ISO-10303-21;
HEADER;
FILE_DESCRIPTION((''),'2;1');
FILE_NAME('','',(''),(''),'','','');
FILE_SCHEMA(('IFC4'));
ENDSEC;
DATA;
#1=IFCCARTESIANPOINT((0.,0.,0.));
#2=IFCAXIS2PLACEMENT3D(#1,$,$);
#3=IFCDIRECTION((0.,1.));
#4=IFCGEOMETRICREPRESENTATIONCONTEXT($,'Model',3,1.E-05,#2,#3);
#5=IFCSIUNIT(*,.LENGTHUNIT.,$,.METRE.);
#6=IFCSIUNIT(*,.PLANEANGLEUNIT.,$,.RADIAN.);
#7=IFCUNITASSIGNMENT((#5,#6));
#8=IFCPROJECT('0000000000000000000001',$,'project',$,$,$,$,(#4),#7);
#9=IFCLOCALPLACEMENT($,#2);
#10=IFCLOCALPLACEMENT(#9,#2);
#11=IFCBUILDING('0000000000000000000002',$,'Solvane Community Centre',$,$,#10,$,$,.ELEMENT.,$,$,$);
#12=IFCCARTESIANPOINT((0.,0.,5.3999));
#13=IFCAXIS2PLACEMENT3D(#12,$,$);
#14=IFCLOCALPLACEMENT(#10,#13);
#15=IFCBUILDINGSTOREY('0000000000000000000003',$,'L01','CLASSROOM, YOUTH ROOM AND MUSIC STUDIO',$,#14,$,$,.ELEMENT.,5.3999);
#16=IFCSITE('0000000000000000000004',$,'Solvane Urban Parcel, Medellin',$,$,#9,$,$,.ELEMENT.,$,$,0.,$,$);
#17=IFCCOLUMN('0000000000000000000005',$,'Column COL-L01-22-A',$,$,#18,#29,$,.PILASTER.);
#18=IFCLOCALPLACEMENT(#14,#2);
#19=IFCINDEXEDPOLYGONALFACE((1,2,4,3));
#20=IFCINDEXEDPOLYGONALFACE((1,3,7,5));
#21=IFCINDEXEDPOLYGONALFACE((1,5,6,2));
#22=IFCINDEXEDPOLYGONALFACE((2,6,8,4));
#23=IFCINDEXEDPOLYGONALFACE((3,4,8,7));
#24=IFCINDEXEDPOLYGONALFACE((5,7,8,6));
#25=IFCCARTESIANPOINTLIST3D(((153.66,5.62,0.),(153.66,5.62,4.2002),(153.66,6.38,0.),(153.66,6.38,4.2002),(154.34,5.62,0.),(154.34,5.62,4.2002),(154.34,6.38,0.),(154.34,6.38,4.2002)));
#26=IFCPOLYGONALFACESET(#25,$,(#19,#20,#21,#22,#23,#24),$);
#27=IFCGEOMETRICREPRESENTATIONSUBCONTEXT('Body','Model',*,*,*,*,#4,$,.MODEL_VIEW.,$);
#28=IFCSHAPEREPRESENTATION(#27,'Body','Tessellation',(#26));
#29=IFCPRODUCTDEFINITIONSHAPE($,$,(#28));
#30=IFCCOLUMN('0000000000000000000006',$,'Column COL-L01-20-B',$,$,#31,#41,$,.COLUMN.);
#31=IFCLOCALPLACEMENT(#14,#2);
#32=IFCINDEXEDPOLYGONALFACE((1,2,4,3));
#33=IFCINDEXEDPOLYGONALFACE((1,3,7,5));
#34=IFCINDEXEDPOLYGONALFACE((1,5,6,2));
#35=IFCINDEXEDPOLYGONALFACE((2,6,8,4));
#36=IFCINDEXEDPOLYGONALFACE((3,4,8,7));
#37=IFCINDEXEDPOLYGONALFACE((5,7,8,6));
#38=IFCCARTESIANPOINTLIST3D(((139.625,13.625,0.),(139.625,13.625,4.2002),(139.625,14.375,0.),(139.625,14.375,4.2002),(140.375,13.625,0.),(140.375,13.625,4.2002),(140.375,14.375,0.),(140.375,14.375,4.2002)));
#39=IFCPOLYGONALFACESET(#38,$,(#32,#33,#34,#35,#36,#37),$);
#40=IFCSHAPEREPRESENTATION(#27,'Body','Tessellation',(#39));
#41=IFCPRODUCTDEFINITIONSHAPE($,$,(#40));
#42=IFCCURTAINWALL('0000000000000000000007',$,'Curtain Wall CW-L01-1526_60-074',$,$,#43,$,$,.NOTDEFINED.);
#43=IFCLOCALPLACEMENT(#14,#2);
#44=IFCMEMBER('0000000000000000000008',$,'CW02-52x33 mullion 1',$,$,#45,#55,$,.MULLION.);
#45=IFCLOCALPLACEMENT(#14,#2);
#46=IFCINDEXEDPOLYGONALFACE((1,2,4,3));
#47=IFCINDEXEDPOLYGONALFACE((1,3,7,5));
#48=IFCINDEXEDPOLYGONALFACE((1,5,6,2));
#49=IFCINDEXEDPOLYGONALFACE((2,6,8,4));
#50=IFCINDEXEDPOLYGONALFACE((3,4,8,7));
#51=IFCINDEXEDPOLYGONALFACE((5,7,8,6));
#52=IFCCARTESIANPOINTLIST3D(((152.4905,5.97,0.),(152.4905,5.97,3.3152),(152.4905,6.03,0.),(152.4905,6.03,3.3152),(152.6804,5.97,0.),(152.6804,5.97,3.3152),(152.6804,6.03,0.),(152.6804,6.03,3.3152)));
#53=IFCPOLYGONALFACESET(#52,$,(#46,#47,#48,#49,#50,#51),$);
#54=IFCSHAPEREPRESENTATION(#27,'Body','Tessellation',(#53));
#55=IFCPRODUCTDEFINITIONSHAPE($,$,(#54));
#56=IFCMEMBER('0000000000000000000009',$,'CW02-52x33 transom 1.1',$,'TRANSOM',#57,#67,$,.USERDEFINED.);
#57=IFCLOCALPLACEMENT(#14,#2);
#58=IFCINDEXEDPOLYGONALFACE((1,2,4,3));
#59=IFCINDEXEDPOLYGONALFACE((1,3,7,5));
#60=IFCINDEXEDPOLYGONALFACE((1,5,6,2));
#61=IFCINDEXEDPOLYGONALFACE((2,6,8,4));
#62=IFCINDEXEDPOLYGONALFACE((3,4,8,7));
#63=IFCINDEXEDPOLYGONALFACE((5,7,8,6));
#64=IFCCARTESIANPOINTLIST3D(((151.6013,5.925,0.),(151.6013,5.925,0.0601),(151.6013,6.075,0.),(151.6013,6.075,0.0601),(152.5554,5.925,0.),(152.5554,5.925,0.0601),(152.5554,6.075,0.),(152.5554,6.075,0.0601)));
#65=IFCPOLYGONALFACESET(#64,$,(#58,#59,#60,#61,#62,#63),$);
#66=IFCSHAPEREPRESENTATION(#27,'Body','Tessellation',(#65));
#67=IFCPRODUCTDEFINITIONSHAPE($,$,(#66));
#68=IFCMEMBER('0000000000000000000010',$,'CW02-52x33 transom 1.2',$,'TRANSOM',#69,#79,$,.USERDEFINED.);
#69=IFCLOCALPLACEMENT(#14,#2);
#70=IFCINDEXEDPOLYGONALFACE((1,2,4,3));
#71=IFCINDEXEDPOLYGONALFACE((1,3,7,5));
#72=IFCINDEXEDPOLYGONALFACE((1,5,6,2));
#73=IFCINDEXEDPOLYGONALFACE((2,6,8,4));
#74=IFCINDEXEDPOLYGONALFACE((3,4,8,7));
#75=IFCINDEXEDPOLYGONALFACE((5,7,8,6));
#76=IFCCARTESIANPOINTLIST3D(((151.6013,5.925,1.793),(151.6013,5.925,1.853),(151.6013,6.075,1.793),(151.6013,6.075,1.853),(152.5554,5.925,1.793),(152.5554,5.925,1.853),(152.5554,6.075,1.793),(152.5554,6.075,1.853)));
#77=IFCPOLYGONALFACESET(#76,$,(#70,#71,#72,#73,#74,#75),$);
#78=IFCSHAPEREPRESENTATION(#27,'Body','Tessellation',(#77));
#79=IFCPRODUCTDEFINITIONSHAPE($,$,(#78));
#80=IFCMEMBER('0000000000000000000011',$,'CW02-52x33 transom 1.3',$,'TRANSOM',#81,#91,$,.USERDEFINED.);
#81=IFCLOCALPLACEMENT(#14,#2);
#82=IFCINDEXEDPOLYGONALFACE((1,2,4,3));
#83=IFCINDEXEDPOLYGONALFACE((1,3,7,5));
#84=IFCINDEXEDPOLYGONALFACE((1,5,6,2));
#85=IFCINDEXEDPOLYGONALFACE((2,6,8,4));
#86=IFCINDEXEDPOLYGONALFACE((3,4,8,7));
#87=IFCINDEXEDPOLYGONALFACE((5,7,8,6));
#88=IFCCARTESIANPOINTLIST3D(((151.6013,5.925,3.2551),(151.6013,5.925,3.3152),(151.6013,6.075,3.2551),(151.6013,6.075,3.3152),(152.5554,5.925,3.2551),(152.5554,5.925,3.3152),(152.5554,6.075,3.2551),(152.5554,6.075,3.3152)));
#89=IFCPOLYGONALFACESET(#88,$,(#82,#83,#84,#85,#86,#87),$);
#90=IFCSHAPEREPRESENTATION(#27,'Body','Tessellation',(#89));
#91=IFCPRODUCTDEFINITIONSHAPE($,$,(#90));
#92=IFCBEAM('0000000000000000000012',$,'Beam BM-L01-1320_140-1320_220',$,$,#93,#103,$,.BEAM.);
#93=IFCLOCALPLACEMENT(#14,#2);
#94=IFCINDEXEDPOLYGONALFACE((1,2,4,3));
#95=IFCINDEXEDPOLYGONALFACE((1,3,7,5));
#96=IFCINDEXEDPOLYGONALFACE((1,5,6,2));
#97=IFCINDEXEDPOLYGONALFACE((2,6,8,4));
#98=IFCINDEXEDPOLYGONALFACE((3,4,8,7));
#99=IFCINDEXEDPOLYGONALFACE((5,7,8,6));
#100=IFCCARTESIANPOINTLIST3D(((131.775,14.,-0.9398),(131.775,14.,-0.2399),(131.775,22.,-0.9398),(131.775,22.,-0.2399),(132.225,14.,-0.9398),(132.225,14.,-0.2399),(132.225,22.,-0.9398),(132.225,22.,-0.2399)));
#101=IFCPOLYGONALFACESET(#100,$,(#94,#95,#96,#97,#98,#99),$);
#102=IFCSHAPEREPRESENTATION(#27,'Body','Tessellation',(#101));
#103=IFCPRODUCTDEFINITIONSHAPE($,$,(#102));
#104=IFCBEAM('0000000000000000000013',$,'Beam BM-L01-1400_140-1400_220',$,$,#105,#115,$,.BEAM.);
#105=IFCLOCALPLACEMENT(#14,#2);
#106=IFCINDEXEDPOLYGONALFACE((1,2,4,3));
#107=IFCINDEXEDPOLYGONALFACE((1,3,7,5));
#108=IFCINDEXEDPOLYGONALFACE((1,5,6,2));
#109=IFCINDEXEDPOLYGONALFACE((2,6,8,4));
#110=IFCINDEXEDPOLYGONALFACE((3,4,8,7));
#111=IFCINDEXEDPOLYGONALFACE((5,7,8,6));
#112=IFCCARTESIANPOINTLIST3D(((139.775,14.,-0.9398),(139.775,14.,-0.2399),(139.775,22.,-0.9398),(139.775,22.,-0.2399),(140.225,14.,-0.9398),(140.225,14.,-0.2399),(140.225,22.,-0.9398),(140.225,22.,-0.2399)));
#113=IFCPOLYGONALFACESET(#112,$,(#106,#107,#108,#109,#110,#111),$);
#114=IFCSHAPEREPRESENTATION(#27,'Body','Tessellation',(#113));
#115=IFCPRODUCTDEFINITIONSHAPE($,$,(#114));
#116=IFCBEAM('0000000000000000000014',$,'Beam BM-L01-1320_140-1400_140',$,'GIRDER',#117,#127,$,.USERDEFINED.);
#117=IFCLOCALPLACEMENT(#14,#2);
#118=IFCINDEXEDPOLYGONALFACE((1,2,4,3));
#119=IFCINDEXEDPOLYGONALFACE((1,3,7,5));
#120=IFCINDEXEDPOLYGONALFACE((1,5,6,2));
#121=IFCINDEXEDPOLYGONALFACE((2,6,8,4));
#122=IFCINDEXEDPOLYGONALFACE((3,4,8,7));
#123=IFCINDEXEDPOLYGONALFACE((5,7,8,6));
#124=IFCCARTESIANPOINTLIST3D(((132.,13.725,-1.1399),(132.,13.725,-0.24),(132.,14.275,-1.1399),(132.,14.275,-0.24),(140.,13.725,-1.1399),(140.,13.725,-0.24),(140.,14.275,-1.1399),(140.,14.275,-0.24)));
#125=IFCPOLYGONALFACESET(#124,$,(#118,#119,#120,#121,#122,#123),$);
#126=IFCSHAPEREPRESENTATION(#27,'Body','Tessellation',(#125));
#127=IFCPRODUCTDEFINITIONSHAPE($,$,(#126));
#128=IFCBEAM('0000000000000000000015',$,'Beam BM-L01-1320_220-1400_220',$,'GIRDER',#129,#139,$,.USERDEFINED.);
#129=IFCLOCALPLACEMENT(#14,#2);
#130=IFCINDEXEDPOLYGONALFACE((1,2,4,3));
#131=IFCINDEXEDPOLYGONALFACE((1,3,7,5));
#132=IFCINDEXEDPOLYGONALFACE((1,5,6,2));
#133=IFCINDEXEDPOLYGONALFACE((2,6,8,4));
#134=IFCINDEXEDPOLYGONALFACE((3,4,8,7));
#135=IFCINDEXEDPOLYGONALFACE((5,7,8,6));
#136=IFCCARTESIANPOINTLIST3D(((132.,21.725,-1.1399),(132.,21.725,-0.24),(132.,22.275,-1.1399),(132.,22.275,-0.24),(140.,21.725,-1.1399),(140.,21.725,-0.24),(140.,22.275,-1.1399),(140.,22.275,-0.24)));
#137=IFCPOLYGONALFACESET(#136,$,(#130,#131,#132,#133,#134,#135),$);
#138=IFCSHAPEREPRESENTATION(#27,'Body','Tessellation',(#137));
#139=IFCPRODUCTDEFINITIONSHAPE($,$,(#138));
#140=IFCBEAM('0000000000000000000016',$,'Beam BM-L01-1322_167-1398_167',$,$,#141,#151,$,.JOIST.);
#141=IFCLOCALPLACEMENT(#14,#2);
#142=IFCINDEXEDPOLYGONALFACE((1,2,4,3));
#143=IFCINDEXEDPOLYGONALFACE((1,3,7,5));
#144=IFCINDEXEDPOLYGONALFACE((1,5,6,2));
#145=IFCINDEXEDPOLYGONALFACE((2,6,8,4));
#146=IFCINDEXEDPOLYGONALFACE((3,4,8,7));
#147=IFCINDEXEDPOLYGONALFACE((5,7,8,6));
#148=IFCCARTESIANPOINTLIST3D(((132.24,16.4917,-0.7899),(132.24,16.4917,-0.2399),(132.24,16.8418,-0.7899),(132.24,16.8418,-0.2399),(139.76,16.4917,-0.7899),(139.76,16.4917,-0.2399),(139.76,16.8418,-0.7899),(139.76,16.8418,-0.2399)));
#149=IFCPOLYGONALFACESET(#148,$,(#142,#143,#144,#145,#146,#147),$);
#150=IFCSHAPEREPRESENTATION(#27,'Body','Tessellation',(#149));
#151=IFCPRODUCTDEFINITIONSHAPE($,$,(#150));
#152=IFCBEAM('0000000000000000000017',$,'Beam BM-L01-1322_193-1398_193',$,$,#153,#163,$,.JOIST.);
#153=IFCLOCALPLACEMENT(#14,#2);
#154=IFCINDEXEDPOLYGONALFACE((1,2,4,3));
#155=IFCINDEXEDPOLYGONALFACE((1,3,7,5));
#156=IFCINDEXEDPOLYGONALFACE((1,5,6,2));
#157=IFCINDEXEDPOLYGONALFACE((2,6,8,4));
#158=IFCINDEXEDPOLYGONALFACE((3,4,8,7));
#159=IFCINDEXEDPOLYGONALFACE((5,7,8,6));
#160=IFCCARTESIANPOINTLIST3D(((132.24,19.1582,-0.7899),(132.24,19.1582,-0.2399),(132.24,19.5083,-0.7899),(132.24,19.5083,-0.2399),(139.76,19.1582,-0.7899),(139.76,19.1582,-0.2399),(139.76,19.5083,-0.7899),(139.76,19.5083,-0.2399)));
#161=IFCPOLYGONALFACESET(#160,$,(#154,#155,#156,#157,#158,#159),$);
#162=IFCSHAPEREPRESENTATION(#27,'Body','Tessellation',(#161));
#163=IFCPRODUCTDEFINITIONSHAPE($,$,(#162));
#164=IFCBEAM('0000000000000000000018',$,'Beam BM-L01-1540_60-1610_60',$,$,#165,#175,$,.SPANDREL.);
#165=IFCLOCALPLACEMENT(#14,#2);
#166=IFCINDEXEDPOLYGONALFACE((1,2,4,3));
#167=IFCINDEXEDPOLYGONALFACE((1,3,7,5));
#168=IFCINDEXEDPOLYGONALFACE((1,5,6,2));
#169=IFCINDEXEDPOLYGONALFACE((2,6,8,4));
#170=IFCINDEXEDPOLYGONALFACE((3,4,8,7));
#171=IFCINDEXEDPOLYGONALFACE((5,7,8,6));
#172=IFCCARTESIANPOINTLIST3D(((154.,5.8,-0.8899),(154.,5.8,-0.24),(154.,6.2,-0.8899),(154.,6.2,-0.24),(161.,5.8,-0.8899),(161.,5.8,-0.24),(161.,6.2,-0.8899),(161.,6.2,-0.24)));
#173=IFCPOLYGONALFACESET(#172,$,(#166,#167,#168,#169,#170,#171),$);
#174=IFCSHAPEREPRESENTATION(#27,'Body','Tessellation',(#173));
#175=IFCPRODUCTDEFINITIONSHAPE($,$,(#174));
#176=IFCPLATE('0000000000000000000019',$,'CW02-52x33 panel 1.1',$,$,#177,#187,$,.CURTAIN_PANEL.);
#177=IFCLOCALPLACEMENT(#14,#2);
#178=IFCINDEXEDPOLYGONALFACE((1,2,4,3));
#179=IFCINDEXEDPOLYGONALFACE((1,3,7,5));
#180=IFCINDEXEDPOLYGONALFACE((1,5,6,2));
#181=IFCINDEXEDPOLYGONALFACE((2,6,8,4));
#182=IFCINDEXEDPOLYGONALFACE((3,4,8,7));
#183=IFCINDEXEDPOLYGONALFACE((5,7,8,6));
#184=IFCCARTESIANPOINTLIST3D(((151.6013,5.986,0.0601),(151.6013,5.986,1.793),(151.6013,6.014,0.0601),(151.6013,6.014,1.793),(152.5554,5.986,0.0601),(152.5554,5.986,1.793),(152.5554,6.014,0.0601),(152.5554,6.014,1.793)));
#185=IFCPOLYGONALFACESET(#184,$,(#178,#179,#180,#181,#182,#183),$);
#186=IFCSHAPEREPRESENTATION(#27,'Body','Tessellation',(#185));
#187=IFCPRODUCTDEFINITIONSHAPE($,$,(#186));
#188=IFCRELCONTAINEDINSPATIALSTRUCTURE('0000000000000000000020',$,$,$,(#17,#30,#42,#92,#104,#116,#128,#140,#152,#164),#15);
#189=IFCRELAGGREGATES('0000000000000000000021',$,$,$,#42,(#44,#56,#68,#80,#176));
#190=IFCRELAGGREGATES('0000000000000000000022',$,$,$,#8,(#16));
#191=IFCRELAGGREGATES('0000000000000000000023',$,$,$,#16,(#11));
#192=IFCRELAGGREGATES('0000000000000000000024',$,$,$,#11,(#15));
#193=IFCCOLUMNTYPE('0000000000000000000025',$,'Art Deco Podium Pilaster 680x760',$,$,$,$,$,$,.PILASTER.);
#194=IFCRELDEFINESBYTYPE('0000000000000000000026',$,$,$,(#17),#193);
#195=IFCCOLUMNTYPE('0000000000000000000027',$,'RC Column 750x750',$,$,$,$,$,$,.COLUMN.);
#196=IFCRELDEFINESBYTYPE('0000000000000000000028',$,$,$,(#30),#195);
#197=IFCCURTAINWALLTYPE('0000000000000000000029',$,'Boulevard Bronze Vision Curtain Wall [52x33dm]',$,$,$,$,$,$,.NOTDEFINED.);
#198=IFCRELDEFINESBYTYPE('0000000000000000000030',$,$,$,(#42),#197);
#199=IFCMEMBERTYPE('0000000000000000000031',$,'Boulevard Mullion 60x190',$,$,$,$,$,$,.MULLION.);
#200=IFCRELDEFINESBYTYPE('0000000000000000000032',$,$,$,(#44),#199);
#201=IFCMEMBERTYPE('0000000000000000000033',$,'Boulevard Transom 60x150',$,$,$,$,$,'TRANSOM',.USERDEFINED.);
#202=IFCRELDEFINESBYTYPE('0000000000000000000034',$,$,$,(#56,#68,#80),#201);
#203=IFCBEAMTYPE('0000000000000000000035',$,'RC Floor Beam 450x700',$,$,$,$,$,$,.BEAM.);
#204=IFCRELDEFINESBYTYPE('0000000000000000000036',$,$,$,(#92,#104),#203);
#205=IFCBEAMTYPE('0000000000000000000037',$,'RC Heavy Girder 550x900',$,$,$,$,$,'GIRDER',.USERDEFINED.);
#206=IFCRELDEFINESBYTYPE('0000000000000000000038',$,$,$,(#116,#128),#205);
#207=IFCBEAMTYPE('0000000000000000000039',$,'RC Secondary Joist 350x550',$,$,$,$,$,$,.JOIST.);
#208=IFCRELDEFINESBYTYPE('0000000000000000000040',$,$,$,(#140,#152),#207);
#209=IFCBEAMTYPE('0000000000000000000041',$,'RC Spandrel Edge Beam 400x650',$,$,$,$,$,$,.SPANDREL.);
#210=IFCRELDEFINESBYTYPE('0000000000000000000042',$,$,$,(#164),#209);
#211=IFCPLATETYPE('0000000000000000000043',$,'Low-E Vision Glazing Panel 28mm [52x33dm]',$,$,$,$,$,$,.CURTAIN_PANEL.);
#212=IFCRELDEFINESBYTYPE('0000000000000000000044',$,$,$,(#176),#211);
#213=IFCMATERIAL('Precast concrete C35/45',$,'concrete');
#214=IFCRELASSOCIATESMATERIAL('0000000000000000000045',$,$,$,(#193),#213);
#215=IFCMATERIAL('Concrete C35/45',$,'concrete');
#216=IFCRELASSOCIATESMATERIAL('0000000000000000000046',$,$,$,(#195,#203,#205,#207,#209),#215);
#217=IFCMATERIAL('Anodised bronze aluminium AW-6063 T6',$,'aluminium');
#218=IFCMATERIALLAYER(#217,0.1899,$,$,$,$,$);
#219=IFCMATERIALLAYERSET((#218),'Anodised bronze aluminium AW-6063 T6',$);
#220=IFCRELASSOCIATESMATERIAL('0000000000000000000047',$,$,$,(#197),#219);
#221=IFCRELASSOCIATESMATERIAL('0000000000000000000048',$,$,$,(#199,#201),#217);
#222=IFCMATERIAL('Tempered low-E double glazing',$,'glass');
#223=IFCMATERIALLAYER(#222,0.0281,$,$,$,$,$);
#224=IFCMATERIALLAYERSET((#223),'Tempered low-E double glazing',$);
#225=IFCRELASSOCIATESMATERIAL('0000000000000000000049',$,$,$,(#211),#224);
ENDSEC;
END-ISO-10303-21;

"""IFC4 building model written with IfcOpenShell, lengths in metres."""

from ifc_helpers import new_model, si_unit, direction, frame, origin, origin_2d, place, context, subcontext, project, spatial, rectangle, extrude, material, layer, layer_set, material_profile, profile_set, type_object, element, aggregate, save


model = new_model("IFC4")

# Units and contexts
model_context = context("Model", 3, precision=1e-05, world=origin(), true_north=direction((0.0, 1.0)))
body_context = subcontext(model_context, "Body", "Model", "MODEL_VIEW")
ifc_project = project(units=[si_unit("LENGTHUNIT", "METRE"), si_unit("PLANEANGLEUNIT", "RADIAN")], contexts=[model_context])

# Site, building, storey
site_placement = place(None, origin())
site = spatial("IfcSite", under=ifc_project, at=site_placement, Name="Solvane Urban Parcel, Medellin", CompositionType="ELEMENT", RefElevation=0.0)
building_placement = place(site_placement, origin())
building = spatial("IfcBuilding", under=site, at=building_placement, Name="Solvane Community Centre", CompositionType="ELEMENT")
storey_placement = place(building_placement, frame((0.0, 0.0, 5.3999)))
storey = spatial("IfcBuildingStorey", under=building, at=storey_placement, Name="L01", Description="CLASSROOM, YOUTH ROOM AND MUSIC STUDIO", CompositionType="ELEMENT", Elevation=5.3999)

# Columns
ifc_material_1 = material(Name="Precast concrete C35/45", Category="concrete")
ifc_material_profile_1 = material_profile(ifc_material_1, rectangle(XDim=0.6799, YDim=0.76, at=origin_2d()), Name="RC 680x760")
ifc_profile_set_1 = profile_set([ifc_material_profile_1], Name="Precast concrete C35/45")
column_type_1 = type_object("IfcColumnType", Name="Art Deco Podium Pilaster 680x760", PredefinedType="PILASTER", material=ifc_profile_set_1)
column_1_placement = place(storey_placement, frame((154.0, 6.0, 0.0), z_axis=(0.0, 0.0, 1.0), x_axis=(1.0, 0.0, 0.0)))
element("IfcColumn", 1, at=column_1_placement, inside=storey, type_object=column_type_1, Name="Column COL-L01-22-A", PredefinedType="PILASTER", context=body_context, shape_type="SweptSolid", body=[
    extrude(rectangle(XDim=0.6799, YDim=0.76, at=origin_2d()), origin(), (0.0, 0.0, 1.0), 4.2002),
])
ifc_material_2 = material(Name="Concrete C35/45", Category="concrete")
ifc_material_profile_2 = material_profile(ifc_material_2, rectangle(XDim=0.75, YDim=0.75, at=origin_2d()), Name="RC 750x750")
ifc_profile_set_2 = profile_set([ifc_material_profile_2], Name="Concrete C35/45")
column_type_2 = type_object("IfcColumnType", Name="RC Column 750x750", PredefinedType="COLUMN", material=ifc_profile_set_2)
column_2_placement = place(storey_placement, frame((140.0, 14.0, 0.0), z_axis=(0.0, 0.0, 1.0), x_axis=(1.0, 0.0, 0.0)))
element("IfcColumn", 2, at=column_2_placement, inside=storey, type_object=column_type_2, Name="Column COL-L01-20-B", PredefinedType="COLUMN", context=body_context, shape_type="SweptSolid", body=[
    extrude(rectangle(XDim=0.75, YDim=0.75, at=origin_2d()), origin(), (0.0, 0.0, 1.0), 4.2002),
])

# Curtain wall, members
ifc_material_3 = material(Name="Anodised bronze aluminium AW-6063 T6", Category="aluminium")
ifc_layer_1 = layer(ifc_material_3, 0.1899)
ifc_layer_set_1 = layer_set([ifc_layer_1], Name="Anodised bronze aluminium AW-6063 T6")
curtain_wall_type = type_object("IfcCurtainWallType", Name="Boulevard Bronze Vision Curtain Wall [52x33dm]", PredefinedType="NOTDEFINED", material=ifc_layer_set_1)
curtain_wall_placement = place(storey_placement, origin())
curtain_wall = element("IfcCurtainWall", 3, at=curtain_wall_placement, inside=storey, type_object=curtain_wall_type, Name="Curtain Wall CW-L01-1526_60-074", PredefinedType="NOTDEFINED")
ifc_material_profile_3 = material_profile(ifc_material_3, rectangle(XDim=0.0601, YDim=0.1899, at=origin_2d()), Name="CW-M 60x190")
ifc_profile_set_3 = profile_set([ifc_material_profile_3], Name="Anodised bronze aluminium AW-6063 T6")
member_type_1 = type_object("IfcMemberType", Name="Boulevard Mullion 60x190", PredefinedType="MULLION", material=ifc_profile_set_3)
member_1_placement = place(storey_placement, frame((152.5854, 6.0, 0.0), z_axis=(0.0, 0.0, 1.0), x_axis=(0.0, -1.0, 0.0)))
member_1 = element("IfcMember", 4, at=member_1_placement, type_object=member_type_1, Name="CW02-52x33 mullion 1", PredefinedType="MULLION", context=body_context, shape_type="SweptSolid", body=[
    extrude(rectangle(XDim=0.0601, YDim=0.1899, at=origin_2d()), origin(), (0.0, 0.0, 1.0), 3.3152),
])
ifc_material_profile_4 = material_profile(ifc_material_3, rectangle(XDim=0.1499, YDim=0.0601, at=origin_2d()), Name="CW-T 60x150")
ifc_profile_set_4 = profile_set([ifc_material_profile_4], Name="Anodised bronze aluminium AW-6063 T6")
member_type_2 = type_object("IfcMemberType", Name="Boulevard Transom 60x150", ElementType="TRANSOM", PredefinedType="USERDEFINED", material=ifc_profile_set_4)
member_2_placement = place(storey_placement, frame((152.5554, 6.0, 0.03), z_axis=(-1.0, 0.0, 0.0), x_axis=(0.0, -1.0, 0.0)))
member_2 = element("IfcMember", 5, at=member_2_placement, type_object=member_type_2, Name="CW02-52x33 transom 1.1", ObjectType="TRANSOM", PredefinedType="USERDEFINED", context=body_context, shape_type="SweptSolid", body=[
    extrude(rectangle(XDim=0.1499, YDim=0.0601, at=origin_2d()), origin(), (0.0, 0.0, 1.0), 0.9541),
])
member_3_placement = place(storey_placement, frame((152.5554, 6.0, 1.823), z_axis=(-1.0, 0.0, 0.0), x_axis=(0.0, -1.0, 0.0)))
member_3 = element("IfcMember", 6, at=member_3_placement, type_object=member_type_2, Name="CW02-52x33 transom 1.2", ObjectType="TRANSOM", PredefinedType="USERDEFINED", context=body_context, shape_type="SweptSolid", body=[
    extrude(rectangle(XDim=0.1499, YDim=0.0601, at=origin_2d()), origin(), (0.0, 0.0, 1.0), 0.9541),
])
member_4_placement = place(storey_placement, frame((152.5554, 6.0, 3.2852), z_axis=(-1.0, 0.0, 0.0), x_axis=(0.0, -1.0, 0.0)))
member_4 = element("IfcMember", 7, at=member_4_placement, type_object=member_type_2, Name="CW02-52x33 transom 1.3", ObjectType="TRANSOM", PredefinedType="USERDEFINED", context=body_context, shape_type="SweptSolid", body=[
    extrude(rectangle(XDim=0.1499, YDim=0.0601, at=origin_2d()), origin(), (0.0, 0.0, 1.0), 0.9541),
])

# Beams
ifc_material_profile_5 = material_profile(ifc_material_2, rectangle(XDim=0.45, YDim=0.7, at=origin_2d()), Name="RC 450x700")
ifc_profile_set_5 = profile_set([ifc_material_profile_5], Name="Concrete C35/45")
beam_type_1 = type_object("IfcBeamType", Name="RC Floor Beam 450x700", PredefinedType="BEAM", material=ifc_profile_set_5)
for number, where, z_axis, x_axis, name in (
    (8, (132.0, 14.0, -0.5898), (0.0, 1.0, 0.0), (-1.0, 0.0, 0.0), "Beam BM-L01-1320_140-1320_220"),
    (9, (140.0, 14.0, -0.5898), (0.0, 1.0, 0.0), (-1.0, 0.0, 0.0), "Beam BM-L01-1400_140-1400_220"),
):
    element("IfcBeam", number, at=place(storey_placement, frame(where, z_axis=z_axis, x_axis=x_axis)), inside=storey, type_object=beam_type_1, Name=name, PredefinedType="BEAM", context=body_context, shape_type="SweptSolid", body=[
        extrude(rectangle(XDim=0.45, YDim=0.7, at=origin_2d()), origin(), (0.0, 0.0, 1.0), 8.0),
    ])
ifc_material_profile_6 = material_profile(ifc_material_2, rectangle(XDim=0.55, YDim=0.8999, at=origin_2d()), Name="RC 550x900")
ifc_profile_set_6 = profile_set([ifc_material_profile_6], Name="Concrete C35/45")
beam_type_2 = type_object("IfcBeamType", Name="RC Heavy Girder 550x900", ElementType="GIRDER", PredefinedType="USERDEFINED", material=ifc_profile_set_6)
for number, where, z_axis, x_axis, name in (
    (10, (132.0, 14.0, -0.6899), (1.0, 0.0, 0.0), (0.0, 1.0, 0.0), "Beam BM-L01-1320_140-1400_140"),
    (11, (132.0, 22.0, -0.6899), (1.0, 0.0, 0.0), (0.0, 1.0, 0.0), "Beam BM-L01-1320_220-1400_220"),
):
    element("IfcBeam", number, at=place(storey_placement, frame(where, z_axis=z_axis, x_axis=x_axis)), inside=storey, type_object=beam_type_2, Name=name, ObjectType="GIRDER", PredefinedType="USERDEFINED", context=body_context, shape_type="SweptSolid", body=[
        extrude(rectangle(XDim=0.55, YDim=0.8999, at=origin_2d()), origin(), (0.0, 0.0, 1.0), 8.0),
    ])
ifc_material_profile_7 = material_profile(ifc_material_2, rectangle(XDim=0.3501, YDim=0.55, at=origin_2d()), Name="RC 350x550")
ifc_profile_set_7 = profile_set([ifc_material_profile_7], Name="Concrete C35/45")
beam_type_3 = type_object("IfcBeamType", Name="RC Secondary Joist 350x550", PredefinedType="JOIST", material=ifc_profile_set_7)
for number, where, z_axis, x_axis, name in (
    (12, (132.24, 16.6667, -0.5149), (1.0, 0.0, 0.0), (0.0, 1.0, 0.0), "Beam BM-L01-1322_167-1398_167"),
    (13, (132.24, 19.3333, -0.5149), (1.0, 0.0, 0.0), (0.0, 1.0, 0.0), "Beam BM-L01-1322_193-1398_193"),
):
    element("IfcBeam", number, at=place(storey_placement, frame(where, z_axis=z_axis, x_axis=x_axis)), inside=storey, type_object=beam_type_3, Name=name, PredefinedType="JOIST", context=body_context, shape_type="SweptSolid", body=[
        extrude(rectangle(XDim=0.3501, YDim=0.55, at=origin_2d()), origin(), (0.0, 0.0, 1.0), 7.52),
    ])
ifc_material_profile_8 = material_profile(ifc_material_2, rectangle(XDim=0.3999, YDim=0.6499, at=origin_2d()), Name="RC 400x650")
ifc_profile_set_8 = profile_set([ifc_material_profile_8], Name="Concrete C35/45")
beam_type_4 = type_object("IfcBeamType", Name="RC Spandrel Edge Beam 400x650", PredefinedType="SPANDREL", material=ifc_profile_set_8)
beam_placement = place(storey_placement, frame((154.0, 6.0, -0.5649), z_axis=(1.0, 0.0, 0.0), x_axis=(0.0, 1.0, 0.0)))
element("IfcBeam", 14, at=beam_placement, inside=storey, type_object=beam_type_4, Name="Beam BM-L01-1540_60-1610_60", PredefinedType="SPANDREL", context=body_context, shape_type="SweptSolid", body=[
    extrude(rectangle(XDim=0.3999, YDim=0.6499, at=origin_2d()), origin(), (0.0, 0.0, 1.0), 7.0),
])

# Plate
ifc_material_4 = material(Name="Tempered low-E double glazing", Category="glass")
ifc_layer_2 = layer(ifc_material_4, 0.0281)
ifc_layer_set_2 = layer_set([ifc_layer_2], Name="Tempered low-E double glazing")
plate_type = type_object("IfcPlateType", Name="Low-E Vision Glazing Panel 28mm [52x33dm]", PredefinedType="CURTAIN_PANEL", material=ifc_layer_set_2)
plate_1_placement = place(storey_placement, frame((152.0784, 6.0, 0.0601), z_axis=(0.0, 0.0, 1.0), x_axis=(-1.0, 0.0, 0.0)))
plate_1 = element("IfcPlate", 15, at=plate_1_placement, type_object=plate_type, Name="CW02-52x33 panel 1.1", PredefinedType="CURTAIN_PANEL", context=body_context, shape_type="SweptSolid", body=[
    extrude(rectangle(XDim=0.9541, YDim=0.0281, at=origin_2d()), origin(), (0.0, 0.0, 1.0), 1.7329),
])
aggregate(curtain_wall, [member_1, member_2, member_3, member_4, plate_1])

save(model, "model.ifc")
